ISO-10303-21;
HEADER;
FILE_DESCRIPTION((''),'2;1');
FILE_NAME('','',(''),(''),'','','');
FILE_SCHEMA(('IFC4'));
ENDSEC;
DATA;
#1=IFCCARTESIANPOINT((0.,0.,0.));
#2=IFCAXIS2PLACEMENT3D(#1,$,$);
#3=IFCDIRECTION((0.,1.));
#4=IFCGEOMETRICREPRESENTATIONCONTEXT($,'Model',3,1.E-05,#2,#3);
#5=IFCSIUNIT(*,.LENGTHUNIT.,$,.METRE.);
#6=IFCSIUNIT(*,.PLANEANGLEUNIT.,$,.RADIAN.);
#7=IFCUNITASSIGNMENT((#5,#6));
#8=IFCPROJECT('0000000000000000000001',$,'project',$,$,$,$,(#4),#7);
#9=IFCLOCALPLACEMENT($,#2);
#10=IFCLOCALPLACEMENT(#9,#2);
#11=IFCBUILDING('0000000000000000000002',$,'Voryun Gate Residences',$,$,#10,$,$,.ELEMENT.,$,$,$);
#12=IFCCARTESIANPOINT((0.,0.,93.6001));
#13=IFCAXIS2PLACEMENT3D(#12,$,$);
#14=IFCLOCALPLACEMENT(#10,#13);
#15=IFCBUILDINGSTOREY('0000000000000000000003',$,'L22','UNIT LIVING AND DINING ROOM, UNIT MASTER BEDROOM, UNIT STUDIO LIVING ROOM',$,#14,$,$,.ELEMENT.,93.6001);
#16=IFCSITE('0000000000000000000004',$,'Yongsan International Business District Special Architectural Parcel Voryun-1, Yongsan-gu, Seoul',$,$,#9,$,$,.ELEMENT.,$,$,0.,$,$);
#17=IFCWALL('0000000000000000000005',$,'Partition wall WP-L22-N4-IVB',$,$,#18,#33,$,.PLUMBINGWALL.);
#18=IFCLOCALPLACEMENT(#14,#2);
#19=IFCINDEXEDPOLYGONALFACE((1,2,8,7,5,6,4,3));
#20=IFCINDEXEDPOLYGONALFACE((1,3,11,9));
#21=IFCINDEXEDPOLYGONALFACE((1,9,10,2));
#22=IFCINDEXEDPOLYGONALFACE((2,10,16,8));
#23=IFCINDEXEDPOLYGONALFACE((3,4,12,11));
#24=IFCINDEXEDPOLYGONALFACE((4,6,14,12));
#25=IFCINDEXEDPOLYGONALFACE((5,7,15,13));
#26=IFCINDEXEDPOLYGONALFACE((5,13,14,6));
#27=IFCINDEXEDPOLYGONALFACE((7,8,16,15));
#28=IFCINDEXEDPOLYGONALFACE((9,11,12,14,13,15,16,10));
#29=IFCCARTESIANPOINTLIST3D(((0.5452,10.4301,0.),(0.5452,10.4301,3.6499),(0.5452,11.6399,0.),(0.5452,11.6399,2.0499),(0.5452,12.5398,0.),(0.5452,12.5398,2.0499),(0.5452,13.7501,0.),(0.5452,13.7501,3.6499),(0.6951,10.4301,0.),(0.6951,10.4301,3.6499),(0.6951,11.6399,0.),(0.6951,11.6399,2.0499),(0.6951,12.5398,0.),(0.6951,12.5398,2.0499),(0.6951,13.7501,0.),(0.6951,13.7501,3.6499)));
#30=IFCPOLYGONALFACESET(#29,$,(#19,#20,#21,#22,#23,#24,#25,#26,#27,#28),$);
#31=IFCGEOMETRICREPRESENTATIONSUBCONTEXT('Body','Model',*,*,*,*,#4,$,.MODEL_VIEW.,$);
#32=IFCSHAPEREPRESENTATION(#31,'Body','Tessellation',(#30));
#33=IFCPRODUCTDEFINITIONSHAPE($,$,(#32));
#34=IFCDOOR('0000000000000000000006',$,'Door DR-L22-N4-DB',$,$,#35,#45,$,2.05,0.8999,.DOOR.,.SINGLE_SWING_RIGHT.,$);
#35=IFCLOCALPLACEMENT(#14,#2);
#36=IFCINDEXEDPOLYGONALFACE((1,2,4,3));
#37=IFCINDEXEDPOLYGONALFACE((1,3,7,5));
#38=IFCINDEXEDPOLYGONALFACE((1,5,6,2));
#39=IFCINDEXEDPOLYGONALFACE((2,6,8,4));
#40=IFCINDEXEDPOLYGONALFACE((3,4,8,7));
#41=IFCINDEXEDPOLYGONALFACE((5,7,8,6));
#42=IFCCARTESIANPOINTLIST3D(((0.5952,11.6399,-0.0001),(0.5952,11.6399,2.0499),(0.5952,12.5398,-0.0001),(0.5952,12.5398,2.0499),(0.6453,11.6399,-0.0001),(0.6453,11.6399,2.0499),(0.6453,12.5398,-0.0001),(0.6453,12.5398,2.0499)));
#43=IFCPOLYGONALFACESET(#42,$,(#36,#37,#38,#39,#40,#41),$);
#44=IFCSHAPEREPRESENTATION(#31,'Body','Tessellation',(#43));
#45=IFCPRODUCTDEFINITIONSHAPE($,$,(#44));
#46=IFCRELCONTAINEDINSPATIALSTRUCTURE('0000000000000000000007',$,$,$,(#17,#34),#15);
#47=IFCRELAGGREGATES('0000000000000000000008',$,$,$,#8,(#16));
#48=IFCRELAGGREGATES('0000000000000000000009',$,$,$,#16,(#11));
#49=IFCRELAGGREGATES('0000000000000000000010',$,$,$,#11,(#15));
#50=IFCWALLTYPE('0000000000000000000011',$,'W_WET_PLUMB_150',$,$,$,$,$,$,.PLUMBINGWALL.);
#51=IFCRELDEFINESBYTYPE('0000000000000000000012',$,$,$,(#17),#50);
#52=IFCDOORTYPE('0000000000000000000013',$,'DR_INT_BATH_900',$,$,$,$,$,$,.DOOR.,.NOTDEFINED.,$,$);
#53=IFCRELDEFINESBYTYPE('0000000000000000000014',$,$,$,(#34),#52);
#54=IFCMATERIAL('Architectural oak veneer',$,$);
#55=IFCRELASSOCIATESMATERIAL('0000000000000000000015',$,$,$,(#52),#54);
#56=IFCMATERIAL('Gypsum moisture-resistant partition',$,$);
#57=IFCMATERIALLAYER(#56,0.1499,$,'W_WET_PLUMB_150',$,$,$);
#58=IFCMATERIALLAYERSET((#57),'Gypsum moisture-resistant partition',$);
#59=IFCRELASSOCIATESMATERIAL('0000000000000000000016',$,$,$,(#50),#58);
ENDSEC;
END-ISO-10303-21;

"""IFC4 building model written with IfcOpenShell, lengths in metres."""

from ifc_helpers import new_model, si_unit, direction, frame, frame_2d, origin, place, context, subcontext, project, spatial, rectangle, extrude, material, layer, layer_set, type_object, element, fill, save


model = new_model("IFC4")

# Units and contexts
model_context = context("Model", 3, precision=1e-05, world=origin(), true_north=direction((0.0, 1.0)))
body_context = subcontext(model_context, "Body", "Model", "MODEL_VIEW")
ifc_project = project(units=[si_unit("LENGTHUNIT", "METRE"), si_unit("PLANEANGLEUNIT", "RADIAN")], contexts=[model_context])

# Site, building, storey
site_placement = place(None, origin())
site = spatial("IfcSite", under=ifc_project, at=site_placement, Name="Yongsan International Business District Special Architectural Parcel Voryun-1, Yongsan-gu, Seoul", CompositionType="ELEMENT", RefElevation=0.0)
building_placement = place(site_placement, origin())
building = spatial("IfcBuilding", under=site, at=building_placement, Name="Voryun Gate Residences", CompositionType="ELEMENT")
storey_placement = place(building_placement, frame((0.0, 0.0, 93.6001)))
storey = spatial("IfcBuildingStorey", under=building, at=storey_placement, Name="L22", Description="UNIT LIVING AND DINING ROOM, UNIT MASTER BEDROOM, UNIT STUDIO LIVING ROOM", CompositionType="ELEMENT", Elevation=93.6001)

# Shared definitions
ifc_material_1 = material(Name="Architectural oak veneer")
door_type_1 = type_object("IfcDoorType", Name="DR_INT_BATH_900", OperationType="NOTDEFINED", PredefinedType="DOOR", material=ifc_material_1)

# Shared definitions
ifc_material_2 = material(Name="Gypsum moisture-resistant partition")
ifc_layer_1 = layer(ifc_material_2, 0.1499, Name="W_WET_PLUMB_150")
ifc_layer_set_1 = layer_set([ifc_layer_1], Name="Gypsum moisture-resistant partition")
wall_type_1 = type_object("IfcWallType", Name="W_WET_PLUMB_150", PredefinedType="PLUMBINGWALL", material=ifc_layer_set_1)

# Wall, opening, door
wall_1_placement = place(storey_placement, frame((0.6201, 10.4299, 0.0), z_axis=(0.0, 0.0, 1.0), x_axis=(0.0, 1.0, 0.0)))
wall_1 = element("IfcWall", 1, at=wall_1_placement, inside=storey, type_object=wall_type_1, Name="Partition wall WP-L22-N4-IVB", PredefinedType="PLUMBINGWALL", context=body_context, shape_type="SweptSolid", body=[
    extrude(rectangle(XDim=3.3201, YDim=0.1499, at=frame_2d((1.6602, 0.0))), origin(), (0.0, 0.0, 1.0), 3.6499),
])
opening_1_placement = place(wall_1_placement, frame((1.21, 0.0, 0.0)))
opening_1 = element("IfcOpeningElement", 2, at=opening_1_placement, cuts=wall_1, PredefinedType="OPENING", context=body_context, shape_type="SweptSolid", body=[
    extrude(rectangle(XDim=0.8999, YDim=2.05, at=frame_2d((0.45, 1.0249))), frame((0.0, 0.085, 0.0), z_axis=(0.0, -1.0, 0.0), x_axis=(1.0, 0.0, 0.0)), (0.0, 0.0, 1.0), 0.1699),
])
door_1_placement = place(opening_1_placement, origin())
door_1 = element("IfcDoor", 3, at=door_1_placement, inside=storey, type_object=door_type_1, Name="Door DR-L22-N4-DB", OperationType="SINGLE_SWING_RIGHT", OverallHeight=2.05, OverallWidth=0.8999, PredefinedType="DOOR", context=body_context, shape_type="SweptSolid", body=[
    extrude(rectangle(XDim=0.8999, YDim=2.05, at=frame_2d((0.45, 1.0249))), frame((0.0, 0.0249, 0.0), z_axis=(0.0, -1.0, 0.0), x_axis=(1.0, 0.0, 0.0)), (0.0, 0.0, 1.0), 0.05),
])
fill(opening_1, door_1)

save(model, "model.ifc")
